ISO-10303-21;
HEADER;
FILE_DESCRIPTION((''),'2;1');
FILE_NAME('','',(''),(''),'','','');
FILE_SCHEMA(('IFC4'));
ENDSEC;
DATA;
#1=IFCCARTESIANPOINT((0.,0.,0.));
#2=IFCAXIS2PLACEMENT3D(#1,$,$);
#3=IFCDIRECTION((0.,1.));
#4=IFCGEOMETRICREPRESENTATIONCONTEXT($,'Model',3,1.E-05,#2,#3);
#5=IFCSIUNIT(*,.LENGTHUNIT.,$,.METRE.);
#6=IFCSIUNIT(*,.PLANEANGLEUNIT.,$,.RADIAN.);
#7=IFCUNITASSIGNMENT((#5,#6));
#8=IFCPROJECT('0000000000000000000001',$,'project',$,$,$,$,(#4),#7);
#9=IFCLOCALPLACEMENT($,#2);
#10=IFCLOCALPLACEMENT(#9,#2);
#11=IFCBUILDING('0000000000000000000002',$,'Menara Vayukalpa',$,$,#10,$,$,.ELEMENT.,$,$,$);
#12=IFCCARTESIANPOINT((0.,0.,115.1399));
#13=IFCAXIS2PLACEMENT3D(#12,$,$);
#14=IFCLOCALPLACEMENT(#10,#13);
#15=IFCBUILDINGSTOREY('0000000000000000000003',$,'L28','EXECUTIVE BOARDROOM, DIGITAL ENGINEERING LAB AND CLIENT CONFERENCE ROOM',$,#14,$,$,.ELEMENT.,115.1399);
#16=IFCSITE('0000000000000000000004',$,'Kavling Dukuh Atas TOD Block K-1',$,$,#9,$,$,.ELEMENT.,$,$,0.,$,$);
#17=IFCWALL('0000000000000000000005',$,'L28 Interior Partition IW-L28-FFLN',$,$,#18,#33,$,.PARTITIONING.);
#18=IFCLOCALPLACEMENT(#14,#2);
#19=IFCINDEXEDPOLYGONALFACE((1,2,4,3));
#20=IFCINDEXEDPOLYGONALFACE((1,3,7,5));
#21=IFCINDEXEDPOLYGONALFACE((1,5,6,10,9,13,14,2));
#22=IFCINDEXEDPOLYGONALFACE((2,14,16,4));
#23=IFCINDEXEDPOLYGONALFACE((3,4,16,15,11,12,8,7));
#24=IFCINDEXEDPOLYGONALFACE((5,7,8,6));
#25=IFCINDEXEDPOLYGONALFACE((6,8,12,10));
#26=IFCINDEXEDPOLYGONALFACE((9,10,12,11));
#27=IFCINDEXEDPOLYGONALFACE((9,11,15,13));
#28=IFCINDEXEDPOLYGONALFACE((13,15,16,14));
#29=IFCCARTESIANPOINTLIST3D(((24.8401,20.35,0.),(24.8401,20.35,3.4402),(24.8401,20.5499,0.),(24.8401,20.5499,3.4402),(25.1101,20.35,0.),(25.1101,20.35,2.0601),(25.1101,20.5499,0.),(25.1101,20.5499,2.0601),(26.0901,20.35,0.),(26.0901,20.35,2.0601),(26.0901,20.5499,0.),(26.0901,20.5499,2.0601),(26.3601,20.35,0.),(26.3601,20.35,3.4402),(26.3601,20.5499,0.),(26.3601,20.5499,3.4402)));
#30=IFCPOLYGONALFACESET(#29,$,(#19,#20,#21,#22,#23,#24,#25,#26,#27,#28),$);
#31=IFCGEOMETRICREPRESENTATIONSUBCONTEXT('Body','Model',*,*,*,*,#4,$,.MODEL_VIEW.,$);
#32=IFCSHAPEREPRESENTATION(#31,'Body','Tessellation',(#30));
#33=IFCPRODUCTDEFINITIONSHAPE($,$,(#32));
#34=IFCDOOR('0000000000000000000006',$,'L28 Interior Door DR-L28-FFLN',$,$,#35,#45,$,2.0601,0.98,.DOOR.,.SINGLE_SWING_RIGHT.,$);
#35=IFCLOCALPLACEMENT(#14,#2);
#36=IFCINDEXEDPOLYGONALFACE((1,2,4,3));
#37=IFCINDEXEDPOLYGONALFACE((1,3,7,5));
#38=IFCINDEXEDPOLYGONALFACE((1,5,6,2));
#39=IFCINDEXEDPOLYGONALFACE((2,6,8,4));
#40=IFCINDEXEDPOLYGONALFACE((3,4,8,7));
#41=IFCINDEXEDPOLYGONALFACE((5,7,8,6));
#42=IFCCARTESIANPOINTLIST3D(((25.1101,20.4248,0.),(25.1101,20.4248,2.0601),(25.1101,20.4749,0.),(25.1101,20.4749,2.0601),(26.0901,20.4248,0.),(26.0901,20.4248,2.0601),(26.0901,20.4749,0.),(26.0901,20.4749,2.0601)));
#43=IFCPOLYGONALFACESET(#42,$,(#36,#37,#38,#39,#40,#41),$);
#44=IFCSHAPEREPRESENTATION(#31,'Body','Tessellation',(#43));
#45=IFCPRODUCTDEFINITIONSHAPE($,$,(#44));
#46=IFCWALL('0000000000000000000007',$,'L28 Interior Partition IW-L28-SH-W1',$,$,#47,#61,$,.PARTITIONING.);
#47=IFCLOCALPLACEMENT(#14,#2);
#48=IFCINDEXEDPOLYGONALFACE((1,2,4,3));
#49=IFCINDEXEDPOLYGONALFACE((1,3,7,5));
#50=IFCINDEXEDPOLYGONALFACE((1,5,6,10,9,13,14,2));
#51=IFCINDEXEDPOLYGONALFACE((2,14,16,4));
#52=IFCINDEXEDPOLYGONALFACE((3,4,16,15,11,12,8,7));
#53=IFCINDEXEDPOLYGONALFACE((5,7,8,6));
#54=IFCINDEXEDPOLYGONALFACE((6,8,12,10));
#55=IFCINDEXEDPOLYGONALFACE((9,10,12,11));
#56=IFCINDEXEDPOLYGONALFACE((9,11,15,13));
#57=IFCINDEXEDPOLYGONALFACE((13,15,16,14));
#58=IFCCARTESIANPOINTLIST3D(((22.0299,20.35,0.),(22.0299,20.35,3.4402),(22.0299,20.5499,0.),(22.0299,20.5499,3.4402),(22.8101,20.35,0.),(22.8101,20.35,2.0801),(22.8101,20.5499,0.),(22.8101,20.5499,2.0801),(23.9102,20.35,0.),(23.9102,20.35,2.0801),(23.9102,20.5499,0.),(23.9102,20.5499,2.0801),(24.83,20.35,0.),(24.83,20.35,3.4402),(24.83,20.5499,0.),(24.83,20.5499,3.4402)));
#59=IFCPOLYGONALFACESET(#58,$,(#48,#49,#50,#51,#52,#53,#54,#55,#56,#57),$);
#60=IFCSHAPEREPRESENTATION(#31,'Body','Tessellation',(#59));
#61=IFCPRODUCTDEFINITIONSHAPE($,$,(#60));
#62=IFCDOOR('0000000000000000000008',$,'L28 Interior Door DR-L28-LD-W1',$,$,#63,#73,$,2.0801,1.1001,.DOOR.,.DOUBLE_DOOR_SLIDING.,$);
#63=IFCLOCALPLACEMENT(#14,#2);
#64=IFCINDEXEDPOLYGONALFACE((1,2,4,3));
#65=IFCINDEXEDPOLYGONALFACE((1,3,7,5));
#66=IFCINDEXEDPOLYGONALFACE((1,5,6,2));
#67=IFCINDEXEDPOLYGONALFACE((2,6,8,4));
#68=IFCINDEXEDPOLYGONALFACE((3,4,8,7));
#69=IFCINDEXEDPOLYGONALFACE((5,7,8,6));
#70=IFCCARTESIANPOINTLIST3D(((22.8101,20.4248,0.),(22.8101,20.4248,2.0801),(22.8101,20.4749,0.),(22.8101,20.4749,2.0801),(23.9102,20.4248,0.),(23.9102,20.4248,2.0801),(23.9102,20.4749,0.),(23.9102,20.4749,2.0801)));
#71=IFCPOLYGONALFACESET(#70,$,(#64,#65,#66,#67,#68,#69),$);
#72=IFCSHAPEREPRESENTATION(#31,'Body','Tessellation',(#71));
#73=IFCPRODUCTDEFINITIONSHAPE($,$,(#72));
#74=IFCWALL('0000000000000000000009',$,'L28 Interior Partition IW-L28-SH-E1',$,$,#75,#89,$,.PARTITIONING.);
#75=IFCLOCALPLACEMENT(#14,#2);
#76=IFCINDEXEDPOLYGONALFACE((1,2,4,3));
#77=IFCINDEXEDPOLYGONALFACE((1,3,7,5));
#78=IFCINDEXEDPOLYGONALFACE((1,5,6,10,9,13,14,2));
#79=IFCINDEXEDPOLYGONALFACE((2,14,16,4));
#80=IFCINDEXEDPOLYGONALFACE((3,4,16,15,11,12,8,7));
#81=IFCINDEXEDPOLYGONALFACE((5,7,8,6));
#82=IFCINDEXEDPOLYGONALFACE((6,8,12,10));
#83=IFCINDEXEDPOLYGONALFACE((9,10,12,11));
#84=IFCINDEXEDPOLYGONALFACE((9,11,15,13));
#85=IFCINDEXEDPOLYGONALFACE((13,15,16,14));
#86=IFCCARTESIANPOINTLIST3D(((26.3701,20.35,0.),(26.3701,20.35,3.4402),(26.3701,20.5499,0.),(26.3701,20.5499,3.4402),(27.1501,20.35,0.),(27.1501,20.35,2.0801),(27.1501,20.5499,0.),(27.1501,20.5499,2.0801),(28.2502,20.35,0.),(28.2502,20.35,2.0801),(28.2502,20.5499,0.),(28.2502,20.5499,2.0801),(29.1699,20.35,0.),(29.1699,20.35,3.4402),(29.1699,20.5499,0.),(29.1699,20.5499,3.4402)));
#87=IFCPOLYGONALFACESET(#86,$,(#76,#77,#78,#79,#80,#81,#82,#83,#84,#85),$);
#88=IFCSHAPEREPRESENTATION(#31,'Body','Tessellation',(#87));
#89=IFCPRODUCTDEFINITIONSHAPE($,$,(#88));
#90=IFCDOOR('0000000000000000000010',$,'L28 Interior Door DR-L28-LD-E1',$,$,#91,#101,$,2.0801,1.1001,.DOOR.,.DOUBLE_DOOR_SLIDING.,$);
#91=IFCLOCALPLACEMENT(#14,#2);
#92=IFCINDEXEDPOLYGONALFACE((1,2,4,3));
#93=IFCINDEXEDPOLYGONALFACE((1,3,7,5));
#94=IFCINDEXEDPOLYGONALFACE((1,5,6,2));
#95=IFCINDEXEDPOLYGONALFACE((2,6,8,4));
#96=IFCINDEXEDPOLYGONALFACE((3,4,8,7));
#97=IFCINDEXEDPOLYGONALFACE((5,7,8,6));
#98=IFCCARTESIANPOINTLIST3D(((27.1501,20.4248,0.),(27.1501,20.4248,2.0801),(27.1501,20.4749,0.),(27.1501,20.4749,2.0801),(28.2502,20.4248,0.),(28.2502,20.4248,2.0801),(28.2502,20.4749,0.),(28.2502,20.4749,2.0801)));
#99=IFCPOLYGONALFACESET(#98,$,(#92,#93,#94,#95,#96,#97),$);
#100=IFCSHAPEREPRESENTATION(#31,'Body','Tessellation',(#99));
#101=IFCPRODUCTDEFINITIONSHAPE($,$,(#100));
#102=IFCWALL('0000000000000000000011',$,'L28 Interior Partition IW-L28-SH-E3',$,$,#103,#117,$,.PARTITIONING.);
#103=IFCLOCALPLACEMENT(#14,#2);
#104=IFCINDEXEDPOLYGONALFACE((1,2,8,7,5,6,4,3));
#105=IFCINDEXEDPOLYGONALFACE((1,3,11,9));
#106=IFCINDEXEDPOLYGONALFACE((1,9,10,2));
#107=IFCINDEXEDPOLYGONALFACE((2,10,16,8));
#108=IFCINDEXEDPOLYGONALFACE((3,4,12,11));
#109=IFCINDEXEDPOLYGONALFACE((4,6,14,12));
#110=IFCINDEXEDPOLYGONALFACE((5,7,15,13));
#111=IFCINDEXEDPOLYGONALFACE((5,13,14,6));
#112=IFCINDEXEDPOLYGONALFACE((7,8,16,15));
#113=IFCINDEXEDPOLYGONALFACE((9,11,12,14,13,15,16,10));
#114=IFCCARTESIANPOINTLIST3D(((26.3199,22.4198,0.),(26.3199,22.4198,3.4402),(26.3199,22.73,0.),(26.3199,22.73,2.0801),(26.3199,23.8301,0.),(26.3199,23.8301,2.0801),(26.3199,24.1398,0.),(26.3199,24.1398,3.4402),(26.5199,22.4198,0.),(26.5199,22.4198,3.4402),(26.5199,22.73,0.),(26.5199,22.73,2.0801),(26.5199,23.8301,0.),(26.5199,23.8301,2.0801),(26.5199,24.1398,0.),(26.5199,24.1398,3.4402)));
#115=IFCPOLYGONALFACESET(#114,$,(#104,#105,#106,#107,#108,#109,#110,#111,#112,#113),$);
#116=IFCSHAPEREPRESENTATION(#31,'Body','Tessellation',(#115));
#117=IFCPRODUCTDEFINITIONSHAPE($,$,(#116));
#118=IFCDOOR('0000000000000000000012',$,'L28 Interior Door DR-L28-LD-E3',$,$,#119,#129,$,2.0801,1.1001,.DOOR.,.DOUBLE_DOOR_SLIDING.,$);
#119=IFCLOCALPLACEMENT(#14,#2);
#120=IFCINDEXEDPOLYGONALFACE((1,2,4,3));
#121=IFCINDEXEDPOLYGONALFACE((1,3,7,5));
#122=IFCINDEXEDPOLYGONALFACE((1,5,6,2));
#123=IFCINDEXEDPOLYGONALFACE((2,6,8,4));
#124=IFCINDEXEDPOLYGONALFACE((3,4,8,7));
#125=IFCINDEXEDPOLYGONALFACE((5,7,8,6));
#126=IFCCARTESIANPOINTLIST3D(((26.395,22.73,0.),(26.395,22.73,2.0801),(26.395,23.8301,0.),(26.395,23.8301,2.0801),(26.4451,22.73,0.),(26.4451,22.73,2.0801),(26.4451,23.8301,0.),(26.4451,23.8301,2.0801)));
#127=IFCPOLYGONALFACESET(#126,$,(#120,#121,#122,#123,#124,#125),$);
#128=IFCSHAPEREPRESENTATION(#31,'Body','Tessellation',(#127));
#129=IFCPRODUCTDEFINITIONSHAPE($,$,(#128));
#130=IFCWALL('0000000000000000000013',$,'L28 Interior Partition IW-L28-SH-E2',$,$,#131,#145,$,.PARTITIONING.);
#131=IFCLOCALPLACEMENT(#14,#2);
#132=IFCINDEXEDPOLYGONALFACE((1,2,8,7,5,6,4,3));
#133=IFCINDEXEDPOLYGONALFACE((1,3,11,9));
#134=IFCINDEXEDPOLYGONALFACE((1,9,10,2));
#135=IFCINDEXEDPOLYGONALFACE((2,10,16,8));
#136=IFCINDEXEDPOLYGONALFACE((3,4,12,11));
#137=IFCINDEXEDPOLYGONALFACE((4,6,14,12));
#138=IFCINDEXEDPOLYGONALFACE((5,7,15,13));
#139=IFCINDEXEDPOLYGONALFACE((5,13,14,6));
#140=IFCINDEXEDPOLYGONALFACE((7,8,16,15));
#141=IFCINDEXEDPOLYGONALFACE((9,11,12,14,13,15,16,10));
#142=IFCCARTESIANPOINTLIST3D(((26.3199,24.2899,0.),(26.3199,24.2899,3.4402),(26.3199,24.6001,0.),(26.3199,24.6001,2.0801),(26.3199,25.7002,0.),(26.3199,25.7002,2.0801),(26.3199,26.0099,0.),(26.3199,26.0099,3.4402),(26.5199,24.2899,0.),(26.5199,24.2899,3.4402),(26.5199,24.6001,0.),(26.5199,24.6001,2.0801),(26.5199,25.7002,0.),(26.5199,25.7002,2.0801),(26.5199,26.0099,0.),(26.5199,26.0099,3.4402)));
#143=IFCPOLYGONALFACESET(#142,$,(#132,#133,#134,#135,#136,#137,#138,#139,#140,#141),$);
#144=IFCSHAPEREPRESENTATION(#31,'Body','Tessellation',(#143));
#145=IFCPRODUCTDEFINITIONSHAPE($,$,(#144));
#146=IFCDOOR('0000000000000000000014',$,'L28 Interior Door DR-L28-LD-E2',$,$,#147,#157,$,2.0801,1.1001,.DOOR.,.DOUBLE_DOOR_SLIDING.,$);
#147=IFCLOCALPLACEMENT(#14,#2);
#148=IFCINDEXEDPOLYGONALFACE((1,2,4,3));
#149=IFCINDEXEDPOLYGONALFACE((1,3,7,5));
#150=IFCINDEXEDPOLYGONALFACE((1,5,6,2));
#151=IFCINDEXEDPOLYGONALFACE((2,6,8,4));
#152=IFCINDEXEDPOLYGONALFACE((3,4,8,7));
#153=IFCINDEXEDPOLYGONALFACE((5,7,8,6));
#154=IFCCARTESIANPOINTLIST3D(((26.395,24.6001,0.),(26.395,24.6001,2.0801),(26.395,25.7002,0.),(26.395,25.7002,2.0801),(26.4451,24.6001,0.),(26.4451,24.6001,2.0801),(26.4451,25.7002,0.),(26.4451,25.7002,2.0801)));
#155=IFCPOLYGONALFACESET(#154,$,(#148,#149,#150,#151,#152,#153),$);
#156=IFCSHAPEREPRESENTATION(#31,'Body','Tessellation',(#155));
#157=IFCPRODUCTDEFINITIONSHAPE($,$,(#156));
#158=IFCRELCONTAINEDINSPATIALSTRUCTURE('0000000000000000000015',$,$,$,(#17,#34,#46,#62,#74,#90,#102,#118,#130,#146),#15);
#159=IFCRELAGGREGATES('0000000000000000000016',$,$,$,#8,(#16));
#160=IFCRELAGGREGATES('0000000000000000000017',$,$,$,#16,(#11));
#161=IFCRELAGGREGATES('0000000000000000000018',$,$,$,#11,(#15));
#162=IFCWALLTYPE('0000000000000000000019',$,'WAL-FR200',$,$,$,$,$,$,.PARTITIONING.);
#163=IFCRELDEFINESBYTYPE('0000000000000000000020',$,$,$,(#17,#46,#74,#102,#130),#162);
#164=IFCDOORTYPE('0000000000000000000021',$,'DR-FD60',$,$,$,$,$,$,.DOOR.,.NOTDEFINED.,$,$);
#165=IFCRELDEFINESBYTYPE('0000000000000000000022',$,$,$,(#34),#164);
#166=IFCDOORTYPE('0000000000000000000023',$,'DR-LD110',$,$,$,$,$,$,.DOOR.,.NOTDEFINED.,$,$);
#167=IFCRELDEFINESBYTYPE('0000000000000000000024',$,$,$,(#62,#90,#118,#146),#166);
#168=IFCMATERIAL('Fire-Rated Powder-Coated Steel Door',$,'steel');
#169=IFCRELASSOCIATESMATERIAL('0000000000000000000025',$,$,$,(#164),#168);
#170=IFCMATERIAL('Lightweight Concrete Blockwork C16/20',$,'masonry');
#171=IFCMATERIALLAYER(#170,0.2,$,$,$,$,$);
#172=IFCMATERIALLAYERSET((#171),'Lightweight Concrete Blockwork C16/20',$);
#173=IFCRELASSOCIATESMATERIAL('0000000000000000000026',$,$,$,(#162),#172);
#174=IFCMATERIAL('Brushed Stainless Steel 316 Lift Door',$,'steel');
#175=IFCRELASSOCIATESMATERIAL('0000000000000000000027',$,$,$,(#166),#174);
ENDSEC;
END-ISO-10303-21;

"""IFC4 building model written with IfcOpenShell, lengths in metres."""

from ifc_helpers import new_model, si_unit, direction, frame, frame_2d, origin, place, context, subcontext, project, spatial, rectangle, extrude, material, layer, layer_set, type_object, element, fill, save


model = new_model("IFC4")

# Units and contexts
model_context = context("Model", 3, precision=1e-05, world=origin(), true_north=direction((0.0, 1.0)))
body_context = subcontext(model_context, "Body", "Model", "MODEL_VIEW")
ifc_project = project(units=[si_unit("LENGTHUNIT", "METRE"), si_unit("PLANEANGLEUNIT", "RADIAN")], contexts=[model_context])

# Site, building, storey
site_placement = place(None, origin())
site = spatial("IfcSite", under=ifc_project, at=site_placement, Name="Kavling Dukuh Atas TOD Block K-1", CompositionType="ELEMENT", RefElevation=0.0)
building_placement = place(site_placement, origin())
building = spatial("IfcBuilding", under=site, at=building_placement, Name="Menara Vayukalpa", CompositionType="ELEMENT")
storey_placement = place(building_placement, frame((0.0, 0.0, 115.1399)))
storey = spatial("IfcBuildingStorey", under=building, at=storey_placement, Name="L28", Description="EXECUTIVE BOARDROOM, DIGITAL ENGINEERING LAB AND CLIENT CONFERENCE ROOM", CompositionType="ELEMENT", Elevation=115.1399)

# Walls, openings, doors
ifc_material_1 = material(Name="Fire-Rated Powder-Coated Steel Door", Category="steel")
door_type_1 = type_object("IfcDoorType", Name="DR-FD60", OperationType="NOTDEFINED", PredefinedType="DOOR", material=ifc_material_1)
ifc_material_2 = material(Name="Lightweight Concrete Blockwork C16/20", Category="masonry")
ifc_layer_1 = layer(ifc_material_2, 0.2)
ifc_layer_set_1 = layer_set([ifc_layer_1], Name="Lightweight Concrete Blockwork C16/20")
wall_type_1 = type_object("IfcWallType", Name="WAL-FR200", PredefinedType="PARTITIONING", material=ifc_layer_set_1)
wall_1_placement = place(storey_placement, frame((24.8401, 20.45, 0.0), z_axis=(0.0, 0.0, 1.0), x_axis=(1.0, 0.0, 0.0)))
wall_1 = element("IfcWall", 1, at=wall_1_placement, inside=storey, type_object=wall_type_1, Name="L28 Interior Partition IW-L28-FFLN", PredefinedType="PARTITIONING", context=body_context, shape_type="SweptSolid", body=[
    extrude(rectangle(XDim=1.52, YDim=0.2, at=frame_2d((0.76, 0.0))), origin(), (0.0, 0.0, 1.0), 3.4402),
])
opening_1_placement = place(wall_1_placement, frame((0.27, 0.0, 0.0)))
opening_1 = element("IfcOpeningElement", 2, at=opening_1_placement, cuts=wall_1, PredefinedType="OPENING", context=body_context, shape_type="SweptSolid", body=[
    extrude(rectangle(XDim=0.98, YDim=2.0601, at=frame_2d((0.49, 1.03))), frame((0.0, 0.1099, 0.0), z_axis=(0.0, -1.0, 0.0), x_axis=(1.0, 0.0, 0.0)), (0.0, 0.0, 1.0), 0.22),
])
door_1_placement = place(opening_1_placement, origin())
door_1 = element("IfcDoor", 3, at=door_1_placement, inside=storey, type_object=door_type_1, Name="L28 Interior Door DR-L28-FFLN", OperationType="SINGLE_SWING_RIGHT", OverallHeight=2.0601, OverallWidth=0.98, PredefinedType="DOOR", context=body_context, shape_type="SweptSolid", body=[
    extrude(rectangle(XDim=0.98, YDim=2.0601, at=frame_2d((0.49, 1.03))), frame((0.0, 0.0249, 0.0), z_axis=(0.0, -1.0, 0.0), x_axis=(1.0, 0.0, 0.0)), (0.0, 0.0, 1.0), 0.05),
])
fill(opening_1, door_1)
wall_2_placement = place(storey_placement, frame((22.03, 20.45, 0.0), z_axis=(0.0, 0.0, 1.0), x_axis=(1.0, 0.0, 0.0)))
wall_2 = element("IfcWall", 4, at=wall_2_placement, inside=storey, type_object=wall_type_1, Name="L28 Interior Partition IW-L28-SH-W1", PredefinedType="PARTITIONING", context=body_context, shape_type="SweptSolid", body=[
    extrude(rectangle(XDim=2.8, YDim=0.2, at=frame_2d((1.3999, 0.0))), origin(), (0.0, 0.0, 1.0), 3.4402),
])
opening_2_placement = place(wall_2_placement, frame((0.78, 0.0, 0.0)))
opening_2 = element("IfcOpeningElement", 5, at=opening_2_placement, cuts=wall_2, PredefinedType="OPENING", context=body_context, shape_type="SweptSolid", body=[
    extrude(rectangle(XDim=1.1001, YDim=2.0801, at=frame_2d((0.55, 1.04))), frame((0.0, 0.1099, 0.0), z_axis=(0.0, -1.0, 0.0), x_axis=(1.0, 0.0, 0.0)), (0.0, 0.0, 1.0), 0.22),
])
ifc_material_3 = material(Name="Brushed Stainless Steel 316 Lift Door", Category="steel")
door_type_2 = type_object("IfcDoorType", Name="DR-LD110", OperationType="NOTDEFINED", PredefinedType="DOOR", material=ifc_material_3)
door_2_placement = place(opening_2_placement, origin())
door_2 = element("IfcDoor", 6, at=door_2_placement, inside=storey, type_object=door_type_2, Name="L28 Interior Door DR-L28-LD-W1", OperationType="DOUBLE_DOOR_SLIDING", OverallHeight=2.0801, OverallWidth=1.1001, PredefinedType="DOOR", context=body_context, shape_type="SweptSolid", body=[
    extrude(rectangle(XDim=1.1001, YDim=2.0801, at=frame_2d((0.55, 1.04))), frame((0.0, 0.0249, 0.0), z_axis=(0.0, -1.0, 0.0), x_axis=(1.0, 0.0, 0.0)), (0.0, 0.0, 1.0), 0.05),
])
fill(opening_2, door_2)
wall_3_placement = place(storey_placement, frame((26.3701, 20.45, 0.0), z_axis=(0.0, 0.0, 1.0), x_axis=(1.0, 0.0, 0.0)))
wall_3 = element("IfcWall", 7, at=wall_3_placement, inside=storey, type_object=wall_type_1, Name="L28 Interior Partition IW-L28-SH-E1", PredefinedType="PARTITIONING", context=body_context, shape_type="SweptSolid", body=[
    extrude(rectangle(XDim=2.7998, YDim=0.2, at=frame_2d((1.3999, 0.0))), origin(), (0.0, 0.0, 1.0), 3.4402),
])
opening_3_placement = place(wall_3_placement, frame((0.78, 0.0, 0.0)))
opening_3 = element("IfcOpeningElement", 8, at=opening_3_placement, cuts=wall_3, PredefinedType="OPENING", context=body_context, shape_type="SweptSolid", body=[
    extrude(rectangle(XDim=1.1001, YDim=2.0801, at=frame_2d((0.55, 1.04))), frame((0.0, 0.1099, 0.0), z_axis=(0.0, -1.0, 0.0), x_axis=(1.0, 0.0, 0.0)), (0.0, 0.0, 1.0), 0.22),
])
door_3_placement = place(opening_3_placement, origin())
door_3 = element("IfcDoor", 9, at=door_3_placement, inside=storey, type_object=door_type_2, Name="L28 Interior Door DR-L28-LD-E1", OperationType="DOUBLE_DOOR_SLIDING", OverallHeight=2.0801, OverallWidth=1.1001, PredefinedType="DOOR", context=body_context, shape_type="SweptSolid", body=[
    extrude(rectangle(XDim=1.1001, YDim=2.0801, at=frame_2d((0.55, 1.04))), frame((0.0, 0.0249, 0.0), z_axis=(0.0, -1.0, 0.0), x_axis=(1.0, 0.0, 0.0)), (0.0, 0.0, 1.0), 0.05),
])
fill(opening_3, door_3)
wall_4_placement = place(storey_placement, frame((26.4199, 22.4199, 0.0), z_axis=(0.0, 0.0, 1.0), x_axis=(0.0, 1.0, 0.0)))
wall_4 = element("IfcWall", 10, at=wall_4_placement, inside=storey, type_object=wall_type_1, Name="L28 Interior Partition IW-L28-SH-E3", PredefinedType="PARTITIONING", context=body_context, shape_type="SweptSolid", body=[
    extrude(rectangle(XDim=1.72, YDim=0.2, at=frame_2d((0.8599, 0.0))), origin(), (0.0, 0.0, 1.0), 3.4402),
])
opening_4_placement = place(wall_4_placement, frame((0.3101, 0.0, 0.0)))
opening_4 = element("IfcOpeningElement", 11, at=opening_4_placement, cuts=wall_4, PredefinedType="OPENING", context=body_context, shape_type="SweptSolid", body=[
    extrude(rectangle(XDim=1.1001, YDim=2.0801, at=frame_2d((0.55, 1.04))), frame((0.0, 0.1099, 0.0), z_axis=(0.0, -1.0, 0.0), x_axis=(1.0, 0.0, 0.0)), (0.0, 0.0, 1.0), 0.22),
])
door_4_placement = place(opening_4_placement, origin())
door_4 = element("IfcDoor", 12, at=door_4_placement, inside=storey, type_object=door_type_2, Name="L28 Interior Door DR-L28-LD-E3", OperationType="DOUBLE_DOOR_SLIDING", OverallHeight=2.0801, OverallWidth=1.1001, PredefinedType="DOOR", context=body_context, shape_type="SweptSolid", body=[
    extrude(rectangle(XDim=1.1001, YDim=2.0801, at=frame_2d((0.55, 1.04))), frame((0.0, 0.0249, 0.0), z_axis=(0.0, -1.0, 0.0), x_axis=(1.0, 0.0, 0.0)), (0.0, 0.0, 1.0), 0.05),
])
fill(opening_4, door_4)
wall_5_placement = place(storey_placement, frame((26.4199, 24.29, 0.0), z_axis=(0.0, 0.0, 1.0), x_axis=(0.0, 1.0, 0.0)))
wall_5 = element("IfcWall", 13, at=wall_5_placement, inside=storey, type_object=wall_type_1, Name="L28 Interior Partition IW-L28-SH-E2", PredefinedType="PARTITIONING", context=body_context, shape_type="SweptSolid", body=[
    extrude(rectangle(XDim=1.72, YDim=0.2, at=frame_2d((0.8599, 0.0))), origin(), (0.0, 0.0, 1.0), 3.4402),
])
opening_5_placement = place(wall_5_placement, frame((0.3101, 0.0, 0.0)))
opening_5 = element("IfcOpeningElement", 14, at=opening_5_placement, cuts=wall_5, PredefinedType="OPENING", context=body_context, shape_type="SweptSolid", body=[
    extrude(rectangle(XDim=1.1001, YDim=2.0801, at=frame_2d((0.55, 1.04))), frame((0.0, 0.1099, 0.0), z_axis=(0.0, -1.0, 0.0), x_axis=(1.0, 0.0, 0.0)), (0.0, 0.0, 1.0), 0.22),
])
door_5_placement = place(opening_5_placement, origin())
door_5 = element("IfcDoor", 15, at=door_5_placement, inside=storey, type_object=door_type_2, Name="L28 Interior Door DR-L28-LD-E2", OperationType="DOUBLE_DOOR_SLIDING", OverallHeight=2.0801, OverallWidth=1.1001, PredefinedType="DOOR", context=body_context, shape_type="SweptSolid", body=[
    extrude(rectangle(XDim=1.1001, YDim=2.0801, at=frame_2d((0.55, 1.04))), frame((0.0, 0.0249, 0.0), z_axis=(0.0, -1.0, 0.0), x_axis=(1.0, 0.0, 0.0)), (0.0, 0.0, 1.0), 0.05),
])
fill(opening_5, door_5)

save(model, "model.ifc")
